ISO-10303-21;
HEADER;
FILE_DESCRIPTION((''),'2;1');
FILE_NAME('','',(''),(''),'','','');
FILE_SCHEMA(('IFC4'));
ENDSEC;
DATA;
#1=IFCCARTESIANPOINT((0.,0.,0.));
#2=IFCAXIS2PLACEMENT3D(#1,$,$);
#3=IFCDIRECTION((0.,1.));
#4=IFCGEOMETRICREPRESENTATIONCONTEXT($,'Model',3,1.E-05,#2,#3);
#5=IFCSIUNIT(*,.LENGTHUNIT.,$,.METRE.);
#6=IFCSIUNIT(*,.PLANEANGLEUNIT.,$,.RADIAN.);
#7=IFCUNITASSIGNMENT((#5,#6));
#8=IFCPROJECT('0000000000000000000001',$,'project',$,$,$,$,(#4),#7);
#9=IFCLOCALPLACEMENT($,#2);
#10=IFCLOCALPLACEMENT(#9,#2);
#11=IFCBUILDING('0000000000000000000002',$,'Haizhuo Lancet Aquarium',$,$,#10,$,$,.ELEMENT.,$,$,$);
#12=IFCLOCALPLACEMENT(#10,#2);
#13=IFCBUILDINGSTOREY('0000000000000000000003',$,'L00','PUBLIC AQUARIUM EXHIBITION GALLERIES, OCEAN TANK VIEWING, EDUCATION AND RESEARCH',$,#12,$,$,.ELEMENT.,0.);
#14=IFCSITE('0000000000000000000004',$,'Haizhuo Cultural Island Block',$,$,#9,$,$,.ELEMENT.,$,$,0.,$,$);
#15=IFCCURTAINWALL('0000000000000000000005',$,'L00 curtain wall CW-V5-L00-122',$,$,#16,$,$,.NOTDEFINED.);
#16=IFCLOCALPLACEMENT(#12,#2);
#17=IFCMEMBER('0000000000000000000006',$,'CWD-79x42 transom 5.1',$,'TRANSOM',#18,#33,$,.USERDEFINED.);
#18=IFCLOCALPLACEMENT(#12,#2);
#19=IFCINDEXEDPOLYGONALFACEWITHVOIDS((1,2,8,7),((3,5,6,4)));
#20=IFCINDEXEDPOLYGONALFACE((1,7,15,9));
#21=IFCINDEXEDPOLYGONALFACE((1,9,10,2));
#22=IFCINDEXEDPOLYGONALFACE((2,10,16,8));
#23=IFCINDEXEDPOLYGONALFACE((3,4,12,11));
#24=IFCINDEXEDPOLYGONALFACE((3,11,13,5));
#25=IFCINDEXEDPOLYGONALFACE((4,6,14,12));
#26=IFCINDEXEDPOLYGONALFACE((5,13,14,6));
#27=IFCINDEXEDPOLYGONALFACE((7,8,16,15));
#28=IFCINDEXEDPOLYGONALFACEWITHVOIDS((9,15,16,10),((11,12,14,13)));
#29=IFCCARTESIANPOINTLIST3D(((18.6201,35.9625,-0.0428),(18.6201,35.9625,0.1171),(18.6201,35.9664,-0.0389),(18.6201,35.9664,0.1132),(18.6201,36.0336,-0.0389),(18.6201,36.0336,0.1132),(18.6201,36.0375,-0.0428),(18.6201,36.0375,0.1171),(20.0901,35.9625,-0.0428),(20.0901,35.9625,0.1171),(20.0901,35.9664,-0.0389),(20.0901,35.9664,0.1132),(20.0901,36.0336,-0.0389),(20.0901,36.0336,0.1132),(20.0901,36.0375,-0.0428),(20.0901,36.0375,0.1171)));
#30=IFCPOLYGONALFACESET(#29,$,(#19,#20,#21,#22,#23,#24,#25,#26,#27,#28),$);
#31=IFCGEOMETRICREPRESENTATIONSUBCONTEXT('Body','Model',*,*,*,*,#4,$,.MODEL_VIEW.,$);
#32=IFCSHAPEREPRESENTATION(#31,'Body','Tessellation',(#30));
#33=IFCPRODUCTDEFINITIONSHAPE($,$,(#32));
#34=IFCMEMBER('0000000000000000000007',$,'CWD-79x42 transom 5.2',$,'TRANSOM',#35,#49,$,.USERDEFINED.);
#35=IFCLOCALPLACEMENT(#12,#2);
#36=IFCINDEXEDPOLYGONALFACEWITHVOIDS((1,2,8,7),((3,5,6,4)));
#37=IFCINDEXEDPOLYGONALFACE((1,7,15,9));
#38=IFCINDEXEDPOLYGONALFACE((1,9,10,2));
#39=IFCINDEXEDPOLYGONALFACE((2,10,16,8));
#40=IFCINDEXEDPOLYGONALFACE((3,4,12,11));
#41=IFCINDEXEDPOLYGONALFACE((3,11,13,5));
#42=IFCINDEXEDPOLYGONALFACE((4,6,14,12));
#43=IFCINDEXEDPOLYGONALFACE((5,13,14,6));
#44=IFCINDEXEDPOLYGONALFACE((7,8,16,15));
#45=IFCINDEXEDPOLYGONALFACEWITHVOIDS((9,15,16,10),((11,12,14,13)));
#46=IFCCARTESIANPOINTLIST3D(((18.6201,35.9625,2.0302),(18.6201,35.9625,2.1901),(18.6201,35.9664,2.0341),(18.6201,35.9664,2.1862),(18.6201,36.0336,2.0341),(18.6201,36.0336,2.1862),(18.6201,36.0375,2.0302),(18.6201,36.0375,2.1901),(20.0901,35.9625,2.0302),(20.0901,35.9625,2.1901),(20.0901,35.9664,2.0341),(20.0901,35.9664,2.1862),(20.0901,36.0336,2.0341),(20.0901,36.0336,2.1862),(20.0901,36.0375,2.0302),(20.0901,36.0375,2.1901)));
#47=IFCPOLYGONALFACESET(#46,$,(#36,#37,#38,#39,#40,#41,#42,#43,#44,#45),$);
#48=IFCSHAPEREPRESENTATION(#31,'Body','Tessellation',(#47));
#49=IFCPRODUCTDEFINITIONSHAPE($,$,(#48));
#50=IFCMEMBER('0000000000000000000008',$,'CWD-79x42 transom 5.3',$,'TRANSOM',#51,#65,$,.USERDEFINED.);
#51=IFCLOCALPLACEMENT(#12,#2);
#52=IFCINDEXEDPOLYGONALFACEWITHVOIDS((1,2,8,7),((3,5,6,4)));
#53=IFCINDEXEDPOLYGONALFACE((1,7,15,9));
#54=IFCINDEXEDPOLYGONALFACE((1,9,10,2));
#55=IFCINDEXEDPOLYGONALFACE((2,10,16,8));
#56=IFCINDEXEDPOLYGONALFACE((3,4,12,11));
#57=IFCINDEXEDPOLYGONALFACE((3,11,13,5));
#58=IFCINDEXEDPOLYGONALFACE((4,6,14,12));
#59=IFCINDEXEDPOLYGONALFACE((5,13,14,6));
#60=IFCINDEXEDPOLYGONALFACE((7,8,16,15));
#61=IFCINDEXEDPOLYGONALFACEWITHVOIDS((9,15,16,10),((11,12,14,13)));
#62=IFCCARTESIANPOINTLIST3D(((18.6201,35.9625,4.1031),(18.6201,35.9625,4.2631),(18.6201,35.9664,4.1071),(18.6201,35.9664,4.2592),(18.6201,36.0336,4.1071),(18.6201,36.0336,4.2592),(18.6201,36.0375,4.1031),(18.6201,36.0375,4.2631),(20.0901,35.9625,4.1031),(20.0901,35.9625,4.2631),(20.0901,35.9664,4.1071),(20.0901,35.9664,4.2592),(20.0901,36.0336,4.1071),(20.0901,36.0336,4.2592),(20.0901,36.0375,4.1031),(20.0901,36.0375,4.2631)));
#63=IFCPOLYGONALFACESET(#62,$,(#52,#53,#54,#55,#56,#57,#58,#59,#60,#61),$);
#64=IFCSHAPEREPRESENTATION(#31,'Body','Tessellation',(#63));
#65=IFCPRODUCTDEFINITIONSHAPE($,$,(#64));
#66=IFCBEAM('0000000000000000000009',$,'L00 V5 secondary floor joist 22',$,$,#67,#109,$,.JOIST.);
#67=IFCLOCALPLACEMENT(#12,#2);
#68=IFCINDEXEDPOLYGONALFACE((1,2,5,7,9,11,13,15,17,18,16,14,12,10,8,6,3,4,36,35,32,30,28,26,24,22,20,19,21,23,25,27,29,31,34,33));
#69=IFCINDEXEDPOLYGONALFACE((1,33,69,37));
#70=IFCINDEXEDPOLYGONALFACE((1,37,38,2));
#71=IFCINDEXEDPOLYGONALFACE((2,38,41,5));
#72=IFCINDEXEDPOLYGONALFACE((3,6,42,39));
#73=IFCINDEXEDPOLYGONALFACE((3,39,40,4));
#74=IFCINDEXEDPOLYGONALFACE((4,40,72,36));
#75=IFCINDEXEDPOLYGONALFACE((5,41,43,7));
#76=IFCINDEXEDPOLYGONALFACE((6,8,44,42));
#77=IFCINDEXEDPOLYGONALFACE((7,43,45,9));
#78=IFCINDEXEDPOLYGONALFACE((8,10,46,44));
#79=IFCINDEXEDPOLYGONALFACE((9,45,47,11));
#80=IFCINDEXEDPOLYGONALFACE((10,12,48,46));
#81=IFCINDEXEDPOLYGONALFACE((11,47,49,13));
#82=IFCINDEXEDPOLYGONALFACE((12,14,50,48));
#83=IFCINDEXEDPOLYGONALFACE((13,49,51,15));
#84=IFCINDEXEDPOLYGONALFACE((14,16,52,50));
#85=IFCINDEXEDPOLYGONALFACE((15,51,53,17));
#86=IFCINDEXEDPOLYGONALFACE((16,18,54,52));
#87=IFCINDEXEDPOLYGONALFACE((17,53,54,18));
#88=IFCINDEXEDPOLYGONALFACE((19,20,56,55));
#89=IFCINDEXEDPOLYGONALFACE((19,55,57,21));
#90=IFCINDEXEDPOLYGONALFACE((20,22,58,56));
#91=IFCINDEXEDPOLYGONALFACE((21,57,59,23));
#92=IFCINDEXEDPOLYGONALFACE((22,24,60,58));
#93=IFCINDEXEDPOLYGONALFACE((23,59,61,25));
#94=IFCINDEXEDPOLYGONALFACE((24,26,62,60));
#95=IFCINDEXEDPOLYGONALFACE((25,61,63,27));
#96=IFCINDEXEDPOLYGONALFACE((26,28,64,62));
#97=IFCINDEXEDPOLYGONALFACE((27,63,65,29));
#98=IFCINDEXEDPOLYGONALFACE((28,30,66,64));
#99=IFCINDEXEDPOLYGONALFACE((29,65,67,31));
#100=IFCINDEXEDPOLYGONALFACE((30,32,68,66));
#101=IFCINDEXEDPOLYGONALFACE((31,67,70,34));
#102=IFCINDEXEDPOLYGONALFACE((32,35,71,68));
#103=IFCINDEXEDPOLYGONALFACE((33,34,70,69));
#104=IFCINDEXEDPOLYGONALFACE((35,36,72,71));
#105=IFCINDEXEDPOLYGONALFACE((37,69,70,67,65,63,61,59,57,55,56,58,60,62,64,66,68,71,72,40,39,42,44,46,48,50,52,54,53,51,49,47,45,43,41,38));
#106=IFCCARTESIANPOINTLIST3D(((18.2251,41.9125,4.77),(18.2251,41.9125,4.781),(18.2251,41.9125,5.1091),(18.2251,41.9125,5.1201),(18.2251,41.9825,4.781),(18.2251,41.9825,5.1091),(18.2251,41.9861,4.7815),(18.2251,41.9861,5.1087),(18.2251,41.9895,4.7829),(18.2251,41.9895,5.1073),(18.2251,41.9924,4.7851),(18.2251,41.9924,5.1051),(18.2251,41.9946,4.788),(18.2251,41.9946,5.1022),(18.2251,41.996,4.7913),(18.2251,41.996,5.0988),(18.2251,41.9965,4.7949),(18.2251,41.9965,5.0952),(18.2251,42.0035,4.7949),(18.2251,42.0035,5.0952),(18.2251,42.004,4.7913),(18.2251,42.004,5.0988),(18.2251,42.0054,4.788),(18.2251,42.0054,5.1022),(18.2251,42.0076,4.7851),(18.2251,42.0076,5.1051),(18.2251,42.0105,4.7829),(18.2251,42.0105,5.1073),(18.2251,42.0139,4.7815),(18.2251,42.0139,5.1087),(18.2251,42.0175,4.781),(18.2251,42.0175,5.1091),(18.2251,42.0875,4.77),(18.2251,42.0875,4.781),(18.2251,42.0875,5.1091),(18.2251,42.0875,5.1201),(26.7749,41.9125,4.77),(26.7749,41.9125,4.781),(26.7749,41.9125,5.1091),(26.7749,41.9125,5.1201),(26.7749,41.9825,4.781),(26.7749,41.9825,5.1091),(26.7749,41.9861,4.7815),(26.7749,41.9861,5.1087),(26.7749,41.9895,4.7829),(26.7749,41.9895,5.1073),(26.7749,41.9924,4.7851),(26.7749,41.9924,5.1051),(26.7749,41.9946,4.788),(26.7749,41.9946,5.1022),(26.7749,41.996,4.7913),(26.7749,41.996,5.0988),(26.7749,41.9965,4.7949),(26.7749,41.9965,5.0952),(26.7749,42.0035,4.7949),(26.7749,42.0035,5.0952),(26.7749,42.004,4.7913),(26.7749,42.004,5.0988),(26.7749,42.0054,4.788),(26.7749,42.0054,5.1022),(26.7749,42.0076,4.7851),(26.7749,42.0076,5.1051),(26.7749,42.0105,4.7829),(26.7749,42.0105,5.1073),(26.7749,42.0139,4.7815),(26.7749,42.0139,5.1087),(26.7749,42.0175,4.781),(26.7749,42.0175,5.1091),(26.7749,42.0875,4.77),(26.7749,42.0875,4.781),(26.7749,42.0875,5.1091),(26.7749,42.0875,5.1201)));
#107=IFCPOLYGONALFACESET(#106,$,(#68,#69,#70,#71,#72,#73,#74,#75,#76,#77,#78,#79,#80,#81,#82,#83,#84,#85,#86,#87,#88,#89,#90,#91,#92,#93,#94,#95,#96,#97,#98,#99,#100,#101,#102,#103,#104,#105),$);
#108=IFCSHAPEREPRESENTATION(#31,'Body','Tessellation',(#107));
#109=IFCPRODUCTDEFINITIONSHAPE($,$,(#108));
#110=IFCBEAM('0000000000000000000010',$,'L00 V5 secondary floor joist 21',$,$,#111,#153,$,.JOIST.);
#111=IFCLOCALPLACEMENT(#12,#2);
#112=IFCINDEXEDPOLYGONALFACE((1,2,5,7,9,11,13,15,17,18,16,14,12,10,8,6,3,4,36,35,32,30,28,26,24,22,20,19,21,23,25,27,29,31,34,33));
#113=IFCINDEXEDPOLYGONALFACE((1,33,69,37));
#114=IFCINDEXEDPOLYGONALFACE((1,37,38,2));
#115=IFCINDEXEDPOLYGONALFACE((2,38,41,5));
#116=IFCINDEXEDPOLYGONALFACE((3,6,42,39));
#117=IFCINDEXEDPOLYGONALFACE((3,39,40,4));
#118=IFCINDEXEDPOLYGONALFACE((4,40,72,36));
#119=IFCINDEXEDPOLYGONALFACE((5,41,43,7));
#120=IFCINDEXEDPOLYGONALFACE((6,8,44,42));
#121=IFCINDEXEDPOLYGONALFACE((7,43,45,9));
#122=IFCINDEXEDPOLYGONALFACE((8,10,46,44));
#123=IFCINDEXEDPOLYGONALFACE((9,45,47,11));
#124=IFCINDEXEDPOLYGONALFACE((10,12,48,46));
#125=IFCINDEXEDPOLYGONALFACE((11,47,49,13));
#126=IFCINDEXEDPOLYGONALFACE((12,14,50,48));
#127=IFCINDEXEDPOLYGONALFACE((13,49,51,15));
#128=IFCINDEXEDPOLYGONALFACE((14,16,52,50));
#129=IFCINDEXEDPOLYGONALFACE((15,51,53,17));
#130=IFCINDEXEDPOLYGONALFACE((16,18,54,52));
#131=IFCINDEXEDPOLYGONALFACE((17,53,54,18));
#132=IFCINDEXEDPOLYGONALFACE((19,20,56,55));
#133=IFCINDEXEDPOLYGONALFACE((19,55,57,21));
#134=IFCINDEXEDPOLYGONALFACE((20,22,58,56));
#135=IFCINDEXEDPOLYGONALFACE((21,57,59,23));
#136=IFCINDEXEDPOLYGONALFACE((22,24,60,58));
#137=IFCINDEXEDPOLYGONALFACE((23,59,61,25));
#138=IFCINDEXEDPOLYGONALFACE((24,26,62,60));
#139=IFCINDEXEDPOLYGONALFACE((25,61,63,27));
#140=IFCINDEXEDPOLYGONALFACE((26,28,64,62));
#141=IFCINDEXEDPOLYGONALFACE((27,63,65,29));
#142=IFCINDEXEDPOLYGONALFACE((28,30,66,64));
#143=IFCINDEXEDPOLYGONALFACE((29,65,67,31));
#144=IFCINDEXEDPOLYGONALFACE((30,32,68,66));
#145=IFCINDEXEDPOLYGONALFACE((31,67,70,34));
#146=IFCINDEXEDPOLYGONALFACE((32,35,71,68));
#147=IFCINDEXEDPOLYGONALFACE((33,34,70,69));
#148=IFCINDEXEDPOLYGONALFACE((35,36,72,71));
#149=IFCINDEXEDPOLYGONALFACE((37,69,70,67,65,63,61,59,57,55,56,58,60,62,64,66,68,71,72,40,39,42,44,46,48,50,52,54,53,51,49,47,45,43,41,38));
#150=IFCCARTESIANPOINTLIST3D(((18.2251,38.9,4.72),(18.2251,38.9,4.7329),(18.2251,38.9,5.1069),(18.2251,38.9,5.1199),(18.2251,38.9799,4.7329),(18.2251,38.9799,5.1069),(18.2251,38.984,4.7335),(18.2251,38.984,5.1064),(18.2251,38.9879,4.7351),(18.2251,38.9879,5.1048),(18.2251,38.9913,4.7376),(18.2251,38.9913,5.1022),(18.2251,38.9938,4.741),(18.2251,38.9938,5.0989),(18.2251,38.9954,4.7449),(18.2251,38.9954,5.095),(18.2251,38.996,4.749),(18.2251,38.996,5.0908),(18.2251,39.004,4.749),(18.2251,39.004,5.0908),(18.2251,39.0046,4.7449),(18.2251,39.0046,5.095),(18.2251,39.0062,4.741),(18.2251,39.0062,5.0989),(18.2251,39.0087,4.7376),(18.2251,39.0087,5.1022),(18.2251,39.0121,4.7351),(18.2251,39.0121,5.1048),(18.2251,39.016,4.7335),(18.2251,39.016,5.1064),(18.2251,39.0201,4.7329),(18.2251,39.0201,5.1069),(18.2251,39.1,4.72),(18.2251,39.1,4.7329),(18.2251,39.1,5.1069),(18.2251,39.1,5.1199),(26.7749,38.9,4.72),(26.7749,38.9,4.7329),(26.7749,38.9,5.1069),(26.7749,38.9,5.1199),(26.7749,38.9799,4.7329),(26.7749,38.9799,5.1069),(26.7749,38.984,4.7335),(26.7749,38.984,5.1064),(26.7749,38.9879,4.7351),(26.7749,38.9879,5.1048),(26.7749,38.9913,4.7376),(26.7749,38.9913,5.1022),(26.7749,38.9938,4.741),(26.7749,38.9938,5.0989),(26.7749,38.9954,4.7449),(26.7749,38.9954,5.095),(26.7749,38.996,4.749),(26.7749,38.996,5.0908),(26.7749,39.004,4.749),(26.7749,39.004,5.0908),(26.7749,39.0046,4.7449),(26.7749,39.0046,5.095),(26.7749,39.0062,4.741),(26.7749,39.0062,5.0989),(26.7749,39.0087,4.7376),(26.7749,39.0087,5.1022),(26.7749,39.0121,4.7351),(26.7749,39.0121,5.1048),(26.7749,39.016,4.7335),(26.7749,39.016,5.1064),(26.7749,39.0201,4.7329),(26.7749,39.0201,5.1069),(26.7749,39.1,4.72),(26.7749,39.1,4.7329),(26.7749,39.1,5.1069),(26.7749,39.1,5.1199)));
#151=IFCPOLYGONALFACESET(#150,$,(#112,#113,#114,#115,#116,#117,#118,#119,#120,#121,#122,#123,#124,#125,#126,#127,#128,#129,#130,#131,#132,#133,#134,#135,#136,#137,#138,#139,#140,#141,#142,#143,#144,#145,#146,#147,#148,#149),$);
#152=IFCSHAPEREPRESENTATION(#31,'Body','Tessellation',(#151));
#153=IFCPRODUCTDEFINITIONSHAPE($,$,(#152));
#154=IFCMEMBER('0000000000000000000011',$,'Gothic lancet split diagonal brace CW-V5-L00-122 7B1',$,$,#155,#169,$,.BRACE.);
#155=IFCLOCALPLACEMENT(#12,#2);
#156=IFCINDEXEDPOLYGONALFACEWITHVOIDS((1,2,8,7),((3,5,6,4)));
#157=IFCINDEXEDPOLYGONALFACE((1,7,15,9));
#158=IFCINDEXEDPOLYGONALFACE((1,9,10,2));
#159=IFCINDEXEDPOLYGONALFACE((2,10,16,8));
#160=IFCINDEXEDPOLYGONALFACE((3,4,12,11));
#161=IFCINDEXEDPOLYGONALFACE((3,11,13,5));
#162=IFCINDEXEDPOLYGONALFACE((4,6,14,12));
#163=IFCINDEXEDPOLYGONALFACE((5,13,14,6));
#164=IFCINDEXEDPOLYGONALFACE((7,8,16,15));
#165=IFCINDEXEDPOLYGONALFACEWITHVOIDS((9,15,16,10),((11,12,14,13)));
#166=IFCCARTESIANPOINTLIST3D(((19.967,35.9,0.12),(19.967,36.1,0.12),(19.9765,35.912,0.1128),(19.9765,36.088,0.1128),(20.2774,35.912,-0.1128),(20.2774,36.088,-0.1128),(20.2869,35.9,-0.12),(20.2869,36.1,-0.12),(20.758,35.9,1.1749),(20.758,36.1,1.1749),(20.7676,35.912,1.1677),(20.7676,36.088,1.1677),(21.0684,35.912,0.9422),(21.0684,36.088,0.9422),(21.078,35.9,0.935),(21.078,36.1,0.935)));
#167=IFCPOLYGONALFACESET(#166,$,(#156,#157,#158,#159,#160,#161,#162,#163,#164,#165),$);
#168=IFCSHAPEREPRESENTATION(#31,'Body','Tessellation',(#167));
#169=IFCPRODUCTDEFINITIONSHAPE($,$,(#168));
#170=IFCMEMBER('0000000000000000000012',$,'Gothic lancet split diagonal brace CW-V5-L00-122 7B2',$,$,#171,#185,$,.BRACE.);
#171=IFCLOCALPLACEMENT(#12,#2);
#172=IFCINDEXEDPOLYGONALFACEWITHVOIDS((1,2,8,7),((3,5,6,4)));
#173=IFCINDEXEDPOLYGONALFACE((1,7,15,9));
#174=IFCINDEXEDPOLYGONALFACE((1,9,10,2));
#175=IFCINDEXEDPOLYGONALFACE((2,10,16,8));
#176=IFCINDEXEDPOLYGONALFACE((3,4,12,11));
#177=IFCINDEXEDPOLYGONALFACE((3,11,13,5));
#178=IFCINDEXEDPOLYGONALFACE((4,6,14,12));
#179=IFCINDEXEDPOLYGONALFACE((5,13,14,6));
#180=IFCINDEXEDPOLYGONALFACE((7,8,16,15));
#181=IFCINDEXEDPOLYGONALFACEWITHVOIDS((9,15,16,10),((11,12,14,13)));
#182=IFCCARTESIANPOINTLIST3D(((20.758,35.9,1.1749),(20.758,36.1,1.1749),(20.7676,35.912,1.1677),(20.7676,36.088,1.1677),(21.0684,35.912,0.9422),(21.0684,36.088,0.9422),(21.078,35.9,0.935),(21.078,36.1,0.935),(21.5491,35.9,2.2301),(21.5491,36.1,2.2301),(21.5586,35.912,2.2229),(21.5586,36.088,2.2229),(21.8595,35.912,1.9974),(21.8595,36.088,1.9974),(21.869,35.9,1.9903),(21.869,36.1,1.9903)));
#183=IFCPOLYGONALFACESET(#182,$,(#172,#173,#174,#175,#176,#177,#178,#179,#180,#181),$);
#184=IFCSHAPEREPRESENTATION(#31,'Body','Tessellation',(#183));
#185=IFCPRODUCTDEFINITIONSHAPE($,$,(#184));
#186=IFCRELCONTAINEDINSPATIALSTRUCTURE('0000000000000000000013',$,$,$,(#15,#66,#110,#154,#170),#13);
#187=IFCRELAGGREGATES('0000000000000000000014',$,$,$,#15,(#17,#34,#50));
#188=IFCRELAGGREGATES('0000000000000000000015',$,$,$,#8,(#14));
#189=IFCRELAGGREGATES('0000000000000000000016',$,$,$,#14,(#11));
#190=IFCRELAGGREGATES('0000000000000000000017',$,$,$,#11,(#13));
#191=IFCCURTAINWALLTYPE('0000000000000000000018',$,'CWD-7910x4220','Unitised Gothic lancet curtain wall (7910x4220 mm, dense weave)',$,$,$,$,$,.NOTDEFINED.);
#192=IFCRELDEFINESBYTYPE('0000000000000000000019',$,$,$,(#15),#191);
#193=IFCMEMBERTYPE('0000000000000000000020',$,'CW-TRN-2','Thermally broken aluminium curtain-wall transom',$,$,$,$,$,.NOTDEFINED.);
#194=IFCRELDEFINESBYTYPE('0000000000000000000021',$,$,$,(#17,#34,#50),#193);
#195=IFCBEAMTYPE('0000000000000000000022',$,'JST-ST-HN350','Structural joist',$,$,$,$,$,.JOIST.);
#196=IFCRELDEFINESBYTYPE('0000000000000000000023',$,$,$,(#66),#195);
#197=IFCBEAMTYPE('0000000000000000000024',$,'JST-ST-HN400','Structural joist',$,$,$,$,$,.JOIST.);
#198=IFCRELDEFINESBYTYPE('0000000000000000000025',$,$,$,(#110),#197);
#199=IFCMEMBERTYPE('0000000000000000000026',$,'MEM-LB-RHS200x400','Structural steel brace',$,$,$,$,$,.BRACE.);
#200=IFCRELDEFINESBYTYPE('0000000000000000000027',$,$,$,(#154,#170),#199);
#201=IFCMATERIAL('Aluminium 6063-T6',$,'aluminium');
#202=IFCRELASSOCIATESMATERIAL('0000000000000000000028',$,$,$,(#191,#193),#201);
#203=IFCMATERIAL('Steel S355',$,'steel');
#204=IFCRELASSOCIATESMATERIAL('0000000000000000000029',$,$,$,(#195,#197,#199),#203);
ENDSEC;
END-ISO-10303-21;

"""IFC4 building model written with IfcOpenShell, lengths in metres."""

from ifc_helpers import new_model, si_unit, direction, frame, origin, origin_2d, place, context, subcontext, project, spatial, hollow_rectangle, i_section, extrude, material, material_profile, profile_set, type_object, element, aggregate, save


model = new_model("IFC4")

# Units and contexts
model_context = context("Model", 3, precision=1e-05, world=origin(), true_north=direction((0.0, 1.0)))
body_context = subcontext(model_context, "Body", "Model", "MODEL_VIEW")
ifc_project = project(units=[si_unit("LENGTHUNIT", "METRE"), si_unit("PLANEANGLEUNIT", "RADIAN")], contexts=[model_context])

# Site, building, storey
site_placement = place(None, origin())
site = spatial("IfcSite", under=ifc_project, at=site_placement, Name="Haizhuo Cultural Island Block", CompositionType="ELEMENT", RefElevation=0.0)
building_placement = place(site_placement, origin())
building = spatial("IfcBuilding", under=site, at=building_placement, Name="Haizhuo Lancet Aquarium", CompositionType="ELEMENT")
storey_placement = place(building_placement, origin())
storey = spatial("IfcBuildingStorey", under=building, at=storey_placement, Name="L00", Description="PUBLIC AQUARIUM EXHIBITION GALLERIES, OCEAN TANK VIEWING, EDUCATION AND RESEARCH", CompositionType="ELEMENT", Elevation=0.0)

# Curtain wall, members
ifc_material_1 = material(Name="Aluminium 6063-T6", Category="aluminium")
curtain_wall_type = type_object("IfcCurtainWallType", Name="CWD-7910x4220", Description="Unitised Gothic lancet curtain wall (7910x4220 mm, dense weave)", PredefinedType="NOTDEFINED", material=ifc_material_1)
curtain_wall_placement = place(storey_placement, origin())
curtain_wall = element("IfcCurtainWall", 1, at=curtain_wall_placement, inside=storey, type_object=curtain_wall_type, Name="L00 curtain wall CW-V5-L00-122", PredefinedType="NOTDEFINED")
ifc_material_profile_1 = material_profile(ifc_material_1, hollow_rectangle(XDim=0.075, YDim=0.1599, WallThickness=0.0039, at=origin_2d()), Name="ALU-T 75x160x4")
ifc_profile_set_1 = profile_set([ifc_material_profile_1], Name="Aluminium 6063-T6")
member_type_1 = type_object("IfcMemberType", Name="CW-TRN-2", Description="Thermally broken aluminium curtain-wall transom", PredefinedType="NOTDEFINED", material=ifc_profile_set_1)
member_1_placement = place(storey_placement, frame((20.0901, 36.0, 0.0371), z_axis=(-1.0, 0.0, 0.0), x_axis=(0.0, -1.0, 0.0)))
member_1 = element("IfcMember", 2, at=member_1_placement, type_object=member_type_1, Name="CWD-79x42 transom 5.1", ObjectType="TRANSOM", PredefinedType="USERDEFINED", context=body_context, shape_type="SweptSolid", body=[
    extrude(hollow_rectangle(XDim=0.075, YDim=0.1599, WallThickness=0.0039, at=origin_2d()), origin(), (0.0, 0.0, 1.0), 1.47),
])
member_2_placement = place(storey_placement, frame((20.0901, 36.0, 2.1101), z_axis=(-1.0, 0.0, 0.0), x_axis=(0.0, -1.0, 0.0)))
member_2 = element("IfcMember", 3, at=member_2_placement, type_object=member_type_1, Name="CWD-79x42 transom 5.2", ObjectType="TRANSOM", PredefinedType="USERDEFINED", context=body_context, shape_type="SweptSolid", body=[
    extrude(hollow_rectangle(XDim=0.075, YDim=0.1599, WallThickness=0.0039, at=origin_2d()), origin(), (0.0, 0.0, 1.0), 1.47),
])
member_3_placement = place(storey_placement, frame((20.0901, 36.0, 4.1831), z_axis=(-1.0, 0.0, 0.0), x_axis=(0.0, -1.0, 0.0)))
member_3 = element("IfcMember", 4, at=member_3_placement, type_object=member_type_1, Name="CWD-79x42 transom 5.3", ObjectType="TRANSOM", PredefinedType="USERDEFINED", context=body_context, shape_type="SweptSolid", body=[
    extrude(hollow_rectangle(XDim=0.075, YDim=0.1599, WallThickness=0.0039, at=origin_2d()), origin(), (0.0, 0.0, 1.0), 1.47),
])

# Beams
ifc_material_2 = material(Name="Steel S355", Category="steel")
ifc_material_profile_2 = material_profile(ifc_material_2, i_section(OverallWidth=0.175, OverallDepth=0.3501, WebThickness=0.0071, FlangeThickness=0.011, FilletRadius=0.0139, at=origin_2d()), Name="HN 350x175x7x11")
ifc_profile_set_2 = profile_set([ifc_material_profile_2], Name="Steel S355")
beam_type_1 = type_object("IfcBeamType", Name="JST-ST-HN350", Description="Structural joist", PredefinedType="JOIST", material=ifc_profile_set_2)
beam_1_placement = place(storey_placement, frame((18.2251, 42.0, 4.9451), z_axis=(1.0, 0.0, 0.0), x_axis=(0.0, 1.0, 0.0)))
element("IfcBeam", 5, at=beam_1_placement, inside=storey, type_object=beam_type_1, Name="L00 V5 secondary floor joist 22", PredefinedType="JOIST", context=body_context, shape_type="SweptSolid", body=[
    extrude(i_section(OverallWidth=0.175, OverallDepth=0.3501, WebThickness=0.0071, FlangeThickness=0.011, FilletRadius=0.0139, at=origin_2d()), origin(), (0.0, 0.0, 1.0), 8.5498),
])
ifc_material_profile_3 = material_profile(ifc_material_2, i_section(OverallWidth=0.2, OverallDepth=0.3999, WebThickness=0.0081, FlangeThickness=0.0129, FilletRadius=0.0161, at=origin_2d()), Name="HN 400x200x8x13")
ifc_profile_set_3 = profile_set([ifc_material_profile_3], Name="Steel S355")
beam_type_2 = type_object("IfcBeamType", Name="JST-ST-HN400", Description="Structural joist", PredefinedType="JOIST", material=ifc_profile_set_3)
beam_2_placement = place(storey_placement, frame((18.2251, 39.0, 4.9199), z_axis=(1.0, 0.0, 0.0), x_axis=(0.0, 1.0, 0.0)))
element("IfcBeam", 6, at=beam_2_placement, inside=storey, type_object=beam_type_2, Name="L00 V5 secondary floor joist 21", PredefinedType="JOIST", context=body_context, shape_type="SweptSolid", body=[
    extrude(i_section(OverallWidth=0.2, OverallDepth=0.3999, WebThickness=0.0081, FlangeThickness=0.0129, FilletRadius=0.0161, at=origin_2d()), origin(), (0.0, 0.0, 1.0), 8.5498),
])

# Members
ifc_material_profile_4 = material_profile(ifc_material_2, hollow_rectangle(XDim=0.2, YDim=0.3999, WallThickness=0.012, at=origin_2d()), Name="RHS 200x400x12")
ifc_profile_set_4 = profile_set([ifc_material_profile_4], Name="Steel S355")
member_type_2 = type_object("IfcMemberType", Name="MEM-LB-RHS200x400", Description="Structural steel brace", PredefinedType="BRACE", material=ifc_profile_set_4)
member_4_placement = place(storey_placement, frame((20.127, 36.0, 0.0), z_axis=(0.599911, 0.0, 0.800067), x_axis=(0.0, 1.0, 0.0)))
element("IfcMember", 7, at=member_4_placement, inside=storey, type_object=member_type_2, Name="Gothic lancet split diagonal brace CW-V5-L00-122 7B1", PredefinedType="BRACE", context=body_context, shape_type="SweptSolid", body=[
    extrude(hollow_rectangle(XDim=0.2, YDim=0.3999, WallThickness=0.012, at=origin_2d()), origin(), (0.0, 0.0, 1.0), 1.3186),
])
member_5_placement = place(storey_placement, frame((20.918, 36.0, 1.0549), z_axis=(0.599822, 0.0, 0.800133), x_axis=(0.0, 1.0, 0.0)))
element("IfcMember", 8, at=member_5_placement, inside=storey, type_object=member_type_2, Name="Gothic lancet split diagonal brace CW-V5-L00-122 7B2", PredefinedType="BRACE", context=body_context, shape_type="SweptSolid", body=[
    extrude(hollow_rectangle(XDim=0.2, YDim=0.3999, WallThickness=0.012, at=origin_2d()), origin(), (0.0, 0.0, 1.0), 1.3188),
])

aggregate(curtain_wall, [member_1, member_2, member_3])

save(model, "model.ifc")
